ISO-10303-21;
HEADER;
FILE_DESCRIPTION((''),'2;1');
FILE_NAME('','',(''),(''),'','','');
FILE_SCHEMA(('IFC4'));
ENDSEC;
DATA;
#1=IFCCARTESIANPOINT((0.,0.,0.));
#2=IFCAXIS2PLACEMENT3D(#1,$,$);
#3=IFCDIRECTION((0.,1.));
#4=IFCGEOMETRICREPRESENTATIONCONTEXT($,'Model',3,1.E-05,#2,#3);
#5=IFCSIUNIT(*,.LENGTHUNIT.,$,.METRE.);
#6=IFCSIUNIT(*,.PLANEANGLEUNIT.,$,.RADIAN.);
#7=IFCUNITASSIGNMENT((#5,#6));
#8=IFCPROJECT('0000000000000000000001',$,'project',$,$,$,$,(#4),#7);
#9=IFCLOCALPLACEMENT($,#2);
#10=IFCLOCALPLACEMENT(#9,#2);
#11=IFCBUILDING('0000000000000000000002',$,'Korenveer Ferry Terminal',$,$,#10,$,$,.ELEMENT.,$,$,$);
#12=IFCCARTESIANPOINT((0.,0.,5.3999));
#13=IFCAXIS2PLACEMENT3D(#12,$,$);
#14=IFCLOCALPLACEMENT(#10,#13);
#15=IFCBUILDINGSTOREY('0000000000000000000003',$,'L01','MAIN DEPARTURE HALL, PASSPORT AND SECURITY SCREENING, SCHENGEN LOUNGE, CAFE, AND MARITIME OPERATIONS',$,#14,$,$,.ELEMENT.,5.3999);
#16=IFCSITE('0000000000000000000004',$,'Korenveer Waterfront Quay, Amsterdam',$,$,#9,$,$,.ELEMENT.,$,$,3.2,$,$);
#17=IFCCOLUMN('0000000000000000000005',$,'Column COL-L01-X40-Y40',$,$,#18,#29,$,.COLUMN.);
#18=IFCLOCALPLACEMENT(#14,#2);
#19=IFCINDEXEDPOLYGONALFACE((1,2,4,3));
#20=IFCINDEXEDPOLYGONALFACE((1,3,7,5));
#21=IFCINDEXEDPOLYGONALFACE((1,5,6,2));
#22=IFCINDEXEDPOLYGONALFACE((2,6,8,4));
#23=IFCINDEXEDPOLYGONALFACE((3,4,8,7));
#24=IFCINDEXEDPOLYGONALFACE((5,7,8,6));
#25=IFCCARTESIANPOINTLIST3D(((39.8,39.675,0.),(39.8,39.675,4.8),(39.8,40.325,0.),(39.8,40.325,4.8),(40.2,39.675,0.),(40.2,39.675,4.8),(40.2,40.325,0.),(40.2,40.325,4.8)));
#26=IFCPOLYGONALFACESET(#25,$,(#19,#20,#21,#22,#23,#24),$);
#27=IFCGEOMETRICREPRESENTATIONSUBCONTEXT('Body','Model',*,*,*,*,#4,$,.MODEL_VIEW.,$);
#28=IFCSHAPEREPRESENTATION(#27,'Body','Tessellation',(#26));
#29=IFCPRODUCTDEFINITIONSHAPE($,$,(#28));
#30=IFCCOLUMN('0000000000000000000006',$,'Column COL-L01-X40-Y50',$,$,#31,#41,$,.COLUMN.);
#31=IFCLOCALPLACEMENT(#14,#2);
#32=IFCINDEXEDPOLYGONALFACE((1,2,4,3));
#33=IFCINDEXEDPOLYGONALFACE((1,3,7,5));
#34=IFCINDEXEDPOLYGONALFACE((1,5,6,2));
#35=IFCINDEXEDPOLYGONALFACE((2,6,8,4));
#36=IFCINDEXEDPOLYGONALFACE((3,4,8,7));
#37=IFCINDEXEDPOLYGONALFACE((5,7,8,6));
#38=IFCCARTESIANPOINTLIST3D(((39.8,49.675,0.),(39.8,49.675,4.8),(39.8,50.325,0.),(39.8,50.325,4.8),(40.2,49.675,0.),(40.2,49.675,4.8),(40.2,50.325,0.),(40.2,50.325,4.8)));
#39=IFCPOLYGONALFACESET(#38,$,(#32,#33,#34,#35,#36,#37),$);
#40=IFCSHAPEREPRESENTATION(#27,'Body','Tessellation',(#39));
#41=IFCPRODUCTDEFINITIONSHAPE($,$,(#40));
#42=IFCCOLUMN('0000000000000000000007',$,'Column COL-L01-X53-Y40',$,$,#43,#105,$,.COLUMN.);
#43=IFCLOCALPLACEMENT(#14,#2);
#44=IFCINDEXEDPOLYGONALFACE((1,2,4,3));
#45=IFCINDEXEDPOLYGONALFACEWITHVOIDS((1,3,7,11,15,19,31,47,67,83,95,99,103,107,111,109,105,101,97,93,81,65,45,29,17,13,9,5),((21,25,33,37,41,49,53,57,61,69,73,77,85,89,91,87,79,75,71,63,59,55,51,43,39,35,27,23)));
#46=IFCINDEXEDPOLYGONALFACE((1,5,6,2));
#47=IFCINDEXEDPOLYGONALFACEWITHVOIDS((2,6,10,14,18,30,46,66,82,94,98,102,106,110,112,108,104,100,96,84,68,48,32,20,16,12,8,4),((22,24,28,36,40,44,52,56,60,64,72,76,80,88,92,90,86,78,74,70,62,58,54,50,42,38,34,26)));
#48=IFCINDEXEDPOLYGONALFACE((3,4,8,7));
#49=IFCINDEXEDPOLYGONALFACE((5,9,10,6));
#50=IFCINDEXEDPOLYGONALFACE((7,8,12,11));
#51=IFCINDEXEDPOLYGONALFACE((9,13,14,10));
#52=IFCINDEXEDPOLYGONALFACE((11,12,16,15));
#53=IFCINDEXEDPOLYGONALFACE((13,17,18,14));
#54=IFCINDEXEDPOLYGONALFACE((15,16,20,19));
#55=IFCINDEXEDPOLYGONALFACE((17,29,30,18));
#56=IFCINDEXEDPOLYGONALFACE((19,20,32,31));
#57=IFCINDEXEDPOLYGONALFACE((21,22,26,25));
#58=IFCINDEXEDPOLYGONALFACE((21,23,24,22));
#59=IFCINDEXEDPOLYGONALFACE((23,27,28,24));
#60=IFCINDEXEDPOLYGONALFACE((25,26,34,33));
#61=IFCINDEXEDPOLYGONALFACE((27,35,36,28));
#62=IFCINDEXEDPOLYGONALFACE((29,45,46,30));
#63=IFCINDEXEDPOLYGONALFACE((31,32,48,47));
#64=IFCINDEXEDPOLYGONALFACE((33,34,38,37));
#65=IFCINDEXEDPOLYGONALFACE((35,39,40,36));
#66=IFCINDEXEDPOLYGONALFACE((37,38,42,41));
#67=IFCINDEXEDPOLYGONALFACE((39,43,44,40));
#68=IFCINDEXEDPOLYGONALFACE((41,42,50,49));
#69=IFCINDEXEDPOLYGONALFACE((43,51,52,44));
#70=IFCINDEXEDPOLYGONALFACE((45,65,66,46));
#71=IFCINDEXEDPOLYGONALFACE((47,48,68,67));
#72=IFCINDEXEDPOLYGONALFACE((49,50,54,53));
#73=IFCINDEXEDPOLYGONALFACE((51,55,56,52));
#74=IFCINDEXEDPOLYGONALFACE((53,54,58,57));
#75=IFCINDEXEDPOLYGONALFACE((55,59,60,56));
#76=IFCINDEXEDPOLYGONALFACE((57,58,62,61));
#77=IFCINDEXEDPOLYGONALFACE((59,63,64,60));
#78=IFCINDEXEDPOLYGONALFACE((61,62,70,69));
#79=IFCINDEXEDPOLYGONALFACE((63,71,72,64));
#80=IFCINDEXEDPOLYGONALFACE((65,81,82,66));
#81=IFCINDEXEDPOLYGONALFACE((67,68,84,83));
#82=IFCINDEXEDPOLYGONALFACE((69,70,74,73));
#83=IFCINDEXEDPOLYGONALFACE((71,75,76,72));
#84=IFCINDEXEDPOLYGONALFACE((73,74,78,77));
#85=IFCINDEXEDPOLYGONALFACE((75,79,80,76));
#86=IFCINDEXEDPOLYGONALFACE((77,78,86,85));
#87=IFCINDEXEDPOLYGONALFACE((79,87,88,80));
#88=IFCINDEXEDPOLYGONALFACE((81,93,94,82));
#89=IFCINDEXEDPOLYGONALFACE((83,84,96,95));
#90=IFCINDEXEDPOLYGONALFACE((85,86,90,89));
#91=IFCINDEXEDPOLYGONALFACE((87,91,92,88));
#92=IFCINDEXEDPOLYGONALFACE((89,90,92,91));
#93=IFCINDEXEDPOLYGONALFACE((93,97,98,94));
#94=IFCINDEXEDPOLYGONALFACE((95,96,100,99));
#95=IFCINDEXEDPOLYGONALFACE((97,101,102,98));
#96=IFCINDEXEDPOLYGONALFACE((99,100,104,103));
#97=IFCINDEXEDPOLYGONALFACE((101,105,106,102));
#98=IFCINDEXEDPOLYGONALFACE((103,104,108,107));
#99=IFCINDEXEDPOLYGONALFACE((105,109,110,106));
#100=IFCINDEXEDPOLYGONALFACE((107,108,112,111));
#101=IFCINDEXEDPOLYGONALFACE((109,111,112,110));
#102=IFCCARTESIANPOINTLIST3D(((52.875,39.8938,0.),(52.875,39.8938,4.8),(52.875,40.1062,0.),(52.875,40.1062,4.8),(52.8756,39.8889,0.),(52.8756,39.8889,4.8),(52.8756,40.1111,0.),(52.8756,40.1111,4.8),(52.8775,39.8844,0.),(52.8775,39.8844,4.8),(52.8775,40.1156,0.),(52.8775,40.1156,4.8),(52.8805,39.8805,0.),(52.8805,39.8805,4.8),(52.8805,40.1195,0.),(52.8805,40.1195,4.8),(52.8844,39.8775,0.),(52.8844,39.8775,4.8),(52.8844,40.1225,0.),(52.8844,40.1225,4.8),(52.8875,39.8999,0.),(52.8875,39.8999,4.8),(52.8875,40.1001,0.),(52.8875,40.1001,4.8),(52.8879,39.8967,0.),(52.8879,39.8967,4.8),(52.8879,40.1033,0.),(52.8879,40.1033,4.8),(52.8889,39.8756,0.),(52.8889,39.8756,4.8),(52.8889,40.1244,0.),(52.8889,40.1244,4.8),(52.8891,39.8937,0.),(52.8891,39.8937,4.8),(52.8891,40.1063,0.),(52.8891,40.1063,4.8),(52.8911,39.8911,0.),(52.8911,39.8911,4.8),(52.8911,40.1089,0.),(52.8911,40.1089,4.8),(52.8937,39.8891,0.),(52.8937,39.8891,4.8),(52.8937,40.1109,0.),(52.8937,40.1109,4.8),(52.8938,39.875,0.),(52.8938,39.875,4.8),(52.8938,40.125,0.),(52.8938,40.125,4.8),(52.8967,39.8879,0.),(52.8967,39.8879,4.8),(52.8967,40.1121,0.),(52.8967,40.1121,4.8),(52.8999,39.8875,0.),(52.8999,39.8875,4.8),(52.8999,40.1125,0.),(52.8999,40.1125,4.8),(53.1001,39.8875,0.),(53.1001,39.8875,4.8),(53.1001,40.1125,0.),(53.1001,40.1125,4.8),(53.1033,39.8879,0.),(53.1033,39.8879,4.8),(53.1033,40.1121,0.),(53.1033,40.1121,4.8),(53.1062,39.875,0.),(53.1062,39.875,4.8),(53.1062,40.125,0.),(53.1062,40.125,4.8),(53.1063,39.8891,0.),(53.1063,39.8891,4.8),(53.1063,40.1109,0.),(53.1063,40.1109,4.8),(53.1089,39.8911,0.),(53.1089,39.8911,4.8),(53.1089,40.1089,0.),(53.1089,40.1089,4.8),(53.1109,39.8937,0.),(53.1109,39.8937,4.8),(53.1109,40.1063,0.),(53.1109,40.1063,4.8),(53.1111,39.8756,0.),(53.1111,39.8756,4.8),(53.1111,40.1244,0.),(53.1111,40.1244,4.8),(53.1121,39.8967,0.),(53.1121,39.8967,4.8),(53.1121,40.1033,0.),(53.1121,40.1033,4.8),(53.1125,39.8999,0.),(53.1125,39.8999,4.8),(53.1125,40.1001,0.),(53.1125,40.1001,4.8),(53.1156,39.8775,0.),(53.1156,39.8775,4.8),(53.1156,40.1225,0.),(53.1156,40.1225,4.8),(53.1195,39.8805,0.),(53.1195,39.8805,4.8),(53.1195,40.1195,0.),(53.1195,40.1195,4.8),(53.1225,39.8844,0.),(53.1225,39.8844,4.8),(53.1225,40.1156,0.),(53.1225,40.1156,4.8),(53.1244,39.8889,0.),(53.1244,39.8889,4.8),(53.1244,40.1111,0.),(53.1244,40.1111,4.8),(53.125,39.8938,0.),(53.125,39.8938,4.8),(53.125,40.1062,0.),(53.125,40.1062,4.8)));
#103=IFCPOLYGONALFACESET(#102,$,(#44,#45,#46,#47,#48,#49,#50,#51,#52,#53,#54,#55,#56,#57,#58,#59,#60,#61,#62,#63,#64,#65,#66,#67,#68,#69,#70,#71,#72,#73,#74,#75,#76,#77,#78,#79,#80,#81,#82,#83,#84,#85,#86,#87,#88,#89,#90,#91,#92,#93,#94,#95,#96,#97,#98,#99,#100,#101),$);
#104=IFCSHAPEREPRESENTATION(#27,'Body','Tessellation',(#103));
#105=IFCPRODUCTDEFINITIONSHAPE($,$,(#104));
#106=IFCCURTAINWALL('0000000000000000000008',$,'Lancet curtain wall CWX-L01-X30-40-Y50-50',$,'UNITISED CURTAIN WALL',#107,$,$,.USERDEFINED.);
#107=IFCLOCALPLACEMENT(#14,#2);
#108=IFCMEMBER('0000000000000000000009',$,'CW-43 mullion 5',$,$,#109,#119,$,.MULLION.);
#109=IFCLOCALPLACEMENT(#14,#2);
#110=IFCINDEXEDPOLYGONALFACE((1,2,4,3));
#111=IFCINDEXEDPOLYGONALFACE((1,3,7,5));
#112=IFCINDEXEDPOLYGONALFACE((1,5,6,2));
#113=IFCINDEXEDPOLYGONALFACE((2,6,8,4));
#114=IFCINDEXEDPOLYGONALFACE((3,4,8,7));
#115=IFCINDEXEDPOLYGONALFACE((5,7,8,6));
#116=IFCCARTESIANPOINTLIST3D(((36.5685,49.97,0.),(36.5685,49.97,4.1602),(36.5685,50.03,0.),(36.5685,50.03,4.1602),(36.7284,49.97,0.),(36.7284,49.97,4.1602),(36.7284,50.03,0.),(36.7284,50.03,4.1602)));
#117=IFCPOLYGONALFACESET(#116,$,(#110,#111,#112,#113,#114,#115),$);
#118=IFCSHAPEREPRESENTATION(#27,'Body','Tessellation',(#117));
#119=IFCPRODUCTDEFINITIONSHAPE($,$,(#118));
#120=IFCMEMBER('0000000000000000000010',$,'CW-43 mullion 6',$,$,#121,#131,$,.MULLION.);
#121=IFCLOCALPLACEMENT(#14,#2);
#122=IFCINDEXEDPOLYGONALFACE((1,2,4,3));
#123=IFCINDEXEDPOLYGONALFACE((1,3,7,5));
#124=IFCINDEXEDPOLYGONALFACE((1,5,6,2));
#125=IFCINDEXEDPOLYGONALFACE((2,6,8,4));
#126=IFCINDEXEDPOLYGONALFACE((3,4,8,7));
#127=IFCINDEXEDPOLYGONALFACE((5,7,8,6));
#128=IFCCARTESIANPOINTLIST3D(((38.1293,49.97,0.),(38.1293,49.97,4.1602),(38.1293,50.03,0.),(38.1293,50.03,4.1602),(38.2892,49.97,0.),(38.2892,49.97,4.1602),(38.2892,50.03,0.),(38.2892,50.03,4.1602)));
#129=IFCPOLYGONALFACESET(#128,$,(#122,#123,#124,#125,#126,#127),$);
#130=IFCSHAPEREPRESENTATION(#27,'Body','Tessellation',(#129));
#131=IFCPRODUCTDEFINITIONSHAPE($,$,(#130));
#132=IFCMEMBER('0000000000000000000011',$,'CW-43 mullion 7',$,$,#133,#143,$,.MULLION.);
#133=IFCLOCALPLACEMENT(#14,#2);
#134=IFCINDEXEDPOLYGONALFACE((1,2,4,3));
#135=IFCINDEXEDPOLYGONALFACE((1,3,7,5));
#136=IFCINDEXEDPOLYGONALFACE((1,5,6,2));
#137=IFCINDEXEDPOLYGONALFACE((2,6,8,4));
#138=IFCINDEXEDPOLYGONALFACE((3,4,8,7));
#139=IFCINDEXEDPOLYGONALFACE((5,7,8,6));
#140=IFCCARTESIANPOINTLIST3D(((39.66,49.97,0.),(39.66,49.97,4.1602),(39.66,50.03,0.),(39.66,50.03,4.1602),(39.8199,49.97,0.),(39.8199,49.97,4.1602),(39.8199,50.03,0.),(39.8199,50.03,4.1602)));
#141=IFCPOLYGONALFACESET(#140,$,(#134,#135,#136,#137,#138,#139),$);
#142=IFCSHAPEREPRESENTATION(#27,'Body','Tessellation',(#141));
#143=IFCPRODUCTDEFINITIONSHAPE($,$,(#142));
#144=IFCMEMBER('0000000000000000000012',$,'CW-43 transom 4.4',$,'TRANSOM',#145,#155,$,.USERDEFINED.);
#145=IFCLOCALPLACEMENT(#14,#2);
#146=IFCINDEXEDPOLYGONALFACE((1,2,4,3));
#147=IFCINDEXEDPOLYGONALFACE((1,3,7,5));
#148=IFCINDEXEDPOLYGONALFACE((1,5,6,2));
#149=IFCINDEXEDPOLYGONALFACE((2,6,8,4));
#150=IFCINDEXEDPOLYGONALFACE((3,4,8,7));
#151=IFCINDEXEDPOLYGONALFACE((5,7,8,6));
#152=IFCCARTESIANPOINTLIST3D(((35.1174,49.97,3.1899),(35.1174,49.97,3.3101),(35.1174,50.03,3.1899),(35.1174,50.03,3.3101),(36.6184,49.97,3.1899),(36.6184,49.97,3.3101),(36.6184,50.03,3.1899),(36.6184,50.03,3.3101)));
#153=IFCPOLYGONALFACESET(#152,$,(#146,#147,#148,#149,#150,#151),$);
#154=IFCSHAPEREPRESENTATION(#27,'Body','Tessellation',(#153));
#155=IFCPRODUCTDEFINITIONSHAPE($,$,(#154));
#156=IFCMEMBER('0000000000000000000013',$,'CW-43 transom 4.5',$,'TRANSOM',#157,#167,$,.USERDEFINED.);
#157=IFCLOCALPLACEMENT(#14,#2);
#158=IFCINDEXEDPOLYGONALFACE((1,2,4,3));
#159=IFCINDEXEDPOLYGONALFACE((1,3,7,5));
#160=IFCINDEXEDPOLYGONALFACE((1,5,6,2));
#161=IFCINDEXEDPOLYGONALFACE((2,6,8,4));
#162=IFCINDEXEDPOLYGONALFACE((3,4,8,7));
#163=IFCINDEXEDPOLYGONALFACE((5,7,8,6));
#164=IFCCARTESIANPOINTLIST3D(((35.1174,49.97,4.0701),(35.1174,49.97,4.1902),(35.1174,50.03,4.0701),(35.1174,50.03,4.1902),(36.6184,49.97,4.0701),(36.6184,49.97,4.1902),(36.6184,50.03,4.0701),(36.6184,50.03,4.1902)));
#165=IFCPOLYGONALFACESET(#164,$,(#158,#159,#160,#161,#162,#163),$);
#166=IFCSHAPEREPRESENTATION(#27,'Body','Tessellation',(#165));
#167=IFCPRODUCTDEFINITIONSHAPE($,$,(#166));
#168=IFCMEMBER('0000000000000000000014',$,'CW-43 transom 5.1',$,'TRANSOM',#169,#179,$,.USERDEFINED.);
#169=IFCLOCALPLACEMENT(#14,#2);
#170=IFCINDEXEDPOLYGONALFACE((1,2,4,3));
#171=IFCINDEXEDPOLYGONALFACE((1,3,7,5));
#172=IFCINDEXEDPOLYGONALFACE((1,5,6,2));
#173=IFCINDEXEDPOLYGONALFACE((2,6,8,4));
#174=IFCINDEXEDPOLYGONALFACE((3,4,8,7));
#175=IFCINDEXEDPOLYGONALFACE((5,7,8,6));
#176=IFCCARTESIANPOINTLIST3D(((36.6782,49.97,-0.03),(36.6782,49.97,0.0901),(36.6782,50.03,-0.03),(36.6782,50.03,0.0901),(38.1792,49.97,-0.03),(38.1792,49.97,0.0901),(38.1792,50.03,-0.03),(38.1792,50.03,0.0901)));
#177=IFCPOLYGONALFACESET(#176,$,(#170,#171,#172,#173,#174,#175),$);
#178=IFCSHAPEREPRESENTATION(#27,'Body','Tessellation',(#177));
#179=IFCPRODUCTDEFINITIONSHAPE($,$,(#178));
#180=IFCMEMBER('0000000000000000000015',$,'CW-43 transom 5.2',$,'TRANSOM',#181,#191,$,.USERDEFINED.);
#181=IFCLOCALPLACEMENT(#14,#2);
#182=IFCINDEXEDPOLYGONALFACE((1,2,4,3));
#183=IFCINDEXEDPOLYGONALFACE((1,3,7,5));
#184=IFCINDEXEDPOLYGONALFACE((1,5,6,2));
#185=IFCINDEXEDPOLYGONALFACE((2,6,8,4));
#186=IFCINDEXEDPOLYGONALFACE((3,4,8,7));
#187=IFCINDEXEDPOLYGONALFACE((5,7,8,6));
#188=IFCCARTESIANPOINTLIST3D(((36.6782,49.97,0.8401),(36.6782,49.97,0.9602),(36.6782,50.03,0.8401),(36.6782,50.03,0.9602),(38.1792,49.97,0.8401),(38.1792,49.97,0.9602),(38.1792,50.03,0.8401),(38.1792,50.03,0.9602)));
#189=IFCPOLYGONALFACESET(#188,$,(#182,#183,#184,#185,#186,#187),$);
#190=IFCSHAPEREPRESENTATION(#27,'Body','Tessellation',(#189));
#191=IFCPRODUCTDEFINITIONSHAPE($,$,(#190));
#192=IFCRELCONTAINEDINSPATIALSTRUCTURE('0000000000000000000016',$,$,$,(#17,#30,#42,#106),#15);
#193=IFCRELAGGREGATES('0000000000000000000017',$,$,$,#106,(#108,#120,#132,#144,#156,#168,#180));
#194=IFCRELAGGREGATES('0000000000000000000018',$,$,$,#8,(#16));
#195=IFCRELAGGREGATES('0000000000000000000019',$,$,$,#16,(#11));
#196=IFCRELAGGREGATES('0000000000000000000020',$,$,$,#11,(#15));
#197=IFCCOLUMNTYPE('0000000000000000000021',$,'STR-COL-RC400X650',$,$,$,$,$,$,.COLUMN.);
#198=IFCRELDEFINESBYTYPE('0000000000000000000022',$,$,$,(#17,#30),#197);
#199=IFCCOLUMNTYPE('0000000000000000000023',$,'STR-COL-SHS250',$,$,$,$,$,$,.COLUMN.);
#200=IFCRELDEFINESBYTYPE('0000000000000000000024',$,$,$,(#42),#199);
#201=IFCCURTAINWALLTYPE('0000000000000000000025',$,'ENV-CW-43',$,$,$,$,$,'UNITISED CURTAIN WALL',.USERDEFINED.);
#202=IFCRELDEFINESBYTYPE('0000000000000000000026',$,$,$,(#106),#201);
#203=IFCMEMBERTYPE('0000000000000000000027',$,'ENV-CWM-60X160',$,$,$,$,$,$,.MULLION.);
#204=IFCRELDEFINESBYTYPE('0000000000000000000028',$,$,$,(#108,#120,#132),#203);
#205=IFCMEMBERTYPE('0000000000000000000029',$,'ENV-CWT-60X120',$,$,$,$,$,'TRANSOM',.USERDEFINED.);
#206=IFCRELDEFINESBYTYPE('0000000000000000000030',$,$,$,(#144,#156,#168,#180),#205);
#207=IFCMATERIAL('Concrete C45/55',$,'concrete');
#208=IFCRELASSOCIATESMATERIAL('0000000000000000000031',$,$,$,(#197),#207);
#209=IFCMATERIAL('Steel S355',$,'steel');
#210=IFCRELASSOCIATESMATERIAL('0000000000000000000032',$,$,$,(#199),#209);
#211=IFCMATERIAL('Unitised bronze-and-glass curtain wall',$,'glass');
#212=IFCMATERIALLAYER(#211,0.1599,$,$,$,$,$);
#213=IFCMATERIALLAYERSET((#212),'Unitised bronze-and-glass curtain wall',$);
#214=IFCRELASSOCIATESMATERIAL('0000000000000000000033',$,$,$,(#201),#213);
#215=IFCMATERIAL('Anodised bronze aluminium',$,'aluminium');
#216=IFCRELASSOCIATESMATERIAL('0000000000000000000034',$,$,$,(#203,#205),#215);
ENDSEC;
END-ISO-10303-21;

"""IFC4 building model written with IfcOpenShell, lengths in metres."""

from ifc_helpers import new_model, si_unit, direction, frame, origin, origin_2d, place, context, subcontext, project, spatial, rectangle, hollow_rectangle, extrude, material, layer, layer_set, material_profile, profile_set, type_object, element, aggregate, save


model = new_model("IFC4")

# Units and contexts
model_context = context("Model", 3, precision=1e-05, world=origin(), true_north=direction((0.0, 1.0)))
body_context = subcontext(model_context, "Body", "Model", "MODEL_VIEW")
ifc_project = project(units=[si_unit("LENGTHUNIT", "METRE"), si_unit("PLANEANGLEUNIT", "RADIAN")], contexts=[model_context])

# Site, building, storey
site_placement = place(None, origin())
site = spatial("IfcSite", under=ifc_project, at=site_placement, Name="Korenveer Waterfront Quay, Amsterdam", CompositionType="ELEMENT", RefElevation=3.2)
building_placement = place(site_placement, origin())
building = spatial("IfcBuilding", under=site, at=building_placement, Name="Korenveer Ferry Terminal", CompositionType="ELEMENT")
storey_placement = place(building_placement, frame((0.0, 0.0, 5.3999)))
storey = spatial("IfcBuildingStorey", under=building, at=storey_placement, Name="L01", Description="MAIN DEPARTURE HALL, PASSPORT AND SECURITY SCREENING, SCHENGEN LOUNGE, CAFE, AND MARITIME OPERATIONS", CompositionType="ELEMENT", Elevation=5.3999)

# Columns
ifc_material_1 = material(Name="Concrete C45/55", Category="concrete")
ifc_material_profile_1 = material_profile(ifc_material_1, rectangle(XDim=0.3999, YDim=0.6499, at=origin_2d()), Name="RC 400x650")
ifc_profile_set_1 = profile_set([ifc_material_profile_1], Name="Concrete C45/55")
column_type_1 = type_object("IfcColumnType", Name="STR-COL-RC400X650", PredefinedType="COLUMN", material=ifc_profile_set_1)
for number, where, z_axis, x_axis, name in (
    (1, (40.0, 40.0, 0.0), (0.0, 0.0, 1.0), (1.0, 0.0, 0.0), "Column COL-L01-X40-Y40"),
    (2, (40.0, 50.0, 0.0), (0.0, 0.0, 1.0), (1.0, 0.0, 0.0), "Column COL-L01-X40-Y50"),
):
    element("IfcColumn", number, at=place(storey_placement, frame(where, z_axis=z_axis, x_axis=x_axis)), inside=storey, type_object=column_type_1, Name=name, PredefinedType="COLUMN", context=body_context, shape_type="SweptSolid", body=[
        extrude(rectangle(XDim=0.3999, YDim=0.6499, at=origin_2d()), origin(), (0.0, 0.0, 1.0), 4.8),
    ])
ifc_material_2 = material(Name="Steel S355", Category="steel")
ifc_material_profile_2 = material_profile(ifc_material_2, hollow_rectangle(XDim=0.25, YDim=0.25, WallThickness=0.0125, InnerFilletRadius=0.0125, OuterFilletRadius=0.0188, at=origin_2d()), Name="SHS 250x250x12.5")
ifc_profile_set_2 = profile_set([ifc_material_profile_2], Name="Steel S355")
column_type_2 = type_object("IfcColumnType", Name="STR-COL-SHS250", PredefinedType="COLUMN", material=ifc_profile_set_2)
column_placement = place(storey_placement, frame((53.0, 40.0, 0.0), z_axis=(0.0, 0.0, 1.0), x_axis=(1.0, 0.0, 0.0)))
element("IfcColumn", 3, at=column_placement, inside=storey, type_object=column_type_2, Name="Column COL-L01-X53-Y40", PredefinedType="COLUMN", context=body_context, shape_type="SweptSolid", body=[
    extrude(hollow_rectangle(XDim=0.25, YDim=0.25, WallThickness=0.0125, InnerFilletRadius=0.0125, OuterFilletRadius=0.0188, at=origin_2d()), origin(), (0.0, 0.0, 1.0), 4.8),
])

# Curtain wall, members
ifc_material_3 = material(Name="Unitised bronze-and-glass curtain wall", Category="glass")
ifc_layer_1 = layer(ifc_material_3, 0.1599)
ifc_layer_set_1 = layer_set([ifc_layer_1], Name="Unitised bronze-and-glass curtain wall")
curtain_wall_type = type_object("IfcCurtainWallType", Name="ENV-CW-43", ElementType="UNITISED CURTAIN WALL", PredefinedType="USERDEFINED", material=ifc_layer_set_1)
curtain_wall_placement = place(storey_placement, frame((30.405, 50.0, 0.0)))
curtain_wall = element("IfcCurtainWall", 4, at=curtain_wall_placement, inside=storey, type_object=curtain_wall_type, Name="Lancet curtain wall CWX-L01-X30-40-Y50-50", ObjectType="UNITISED CURTAIN WALL", PredefinedType="USERDEFINED")
ifc_material_4 = material(Name="Anodised bronze aluminium", Category="aluminium")
ifc_material_profile_3 = material_profile(ifc_material_4, rectangle(XDim=0.0601, YDim=0.1599, at=origin_2d()), Name="ALU 60x160")
ifc_profile_set_3 = profile_set([ifc_material_profile_3], Name="Anodised bronze aluminium")
member_type_1 = type_object("IfcMemberType", Name="ENV-CWM-60X160", PredefinedType="MULLION", material=ifc_profile_set_3)
member_1_placement = place(storey_placement, frame((36.6484, 50.0, 0.0), z_axis=(0.0, 0.0, 1.0), x_axis=(0.0, 1.0, 0.0)))
member_1 = element("IfcMember", 5, at=member_1_placement, type_object=member_type_1, Name="CW-43 mullion 5", PredefinedType="MULLION", context=body_context, shape_type="SweptSolid", body=[
    extrude(rectangle(XDim=0.0601, YDim=0.1599, at=origin_2d()), origin(), (0.0, 0.0, 1.0), 4.1602),
])
member_2_placement = place(storey_placement, frame((38.2092, 50.0, 0.0), z_axis=(0.0, 0.0, 1.0), x_axis=(0.0, 1.0, 0.0)))
member_2 = element("IfcMember", 6, at=member_2_placement, type_object=member_type_1, Name="CW-43 mullion 6", PredefinedType="MULLION", context=body_context, shape_type="SweptSolid", body=[
    extrude(rectangle(XDim=0.0601, YDim=0.1599, at=origin_2d()), origin(), (0.0, 0.0, 1.0), 4.1602),
])
member_3_placement = place(storey_placement, frame((39.74, 50.0, 0.0), z_axis=(0.0, 0.0, 1.0), x_axis=(0.0, 1.0, 0.0)))
member_3 = element("IfcMember", 7, at=member_3_placement, type_object=member_type_1, Name="CW-43 mullion 7", PredefinedType="MULLION", context=body_context, shape_type="SweptSolid", body=[
    extrude(rectangle(XDim=0.0601, YDim=0.1599, at=origin_2d()), origin(), (0.0, 0.0, 1.0), 4.1602),
])
ifc_material_profile_4 = material_profile(ifc_material_4, rectangle(XDim=0.0601, YDim=0.1201, at=origin_2d()), Name="ALU 60x120")
ifc_profile_set_4 = profile_set([ifc_material_profile_4], Name="Anodised bronze aluminium")
member_type_2 = type_object("IfcMemberType", Name="ENV-CWT-60X120", ElementType="TRANSOM", PredefinedType="USERDEFINED", material=ifc_profile_set_4)
member_4_placement = place(storey_placement, frame((35.1174, 50.0, 3.25), z_axis=(1.0, 0.0, 0.0), x_axis=(0.0, 1.0, 0.0)))
member_4 = element("IfcMember", 8, at=member_4_placement, type_object=member_type_2, Name="CW-43 transom 4.4", ObjectType="TRANSOM", PredefinedType="USERDEFINED", context=body_context, shape_type="SweptSolid", body=[
    extrude(rectangle(XDim=0.0601, YDim=0.1201, at=origin_2d()), origin(), (0.0, 0.0, 1.0), 1.501),
])
member_5_placement = place(storey_placement, frame((35.1174, 50.0, 4.1301), z_axis=(1.0, 0.0, 0.0), x_axis=(0.0, 1.0, 0.0)))
member_5 = element("IfcMember", 9, at=member_5_placement, type_object=member_type_2, Name="CW-43 transom 4.5", ObjectType="TRANSOM", PredefinedType="USERDEFINED", context=body_context, shape_type="SweptSolid", body=[
    extrude(rectangle(XDim=0.0601, YDim=0.1201, at=origin_2d()), origin(), (0.0, 0.0, 1.0), 1.501),
])
member_6_placement = place(storey_placement, frame((36.6782, 50.0, 0.03), z_axis=(1.0, 0.0, 0.0), x_axis=(0.0, 1.0, 0.0)))
member_6 = element("IfcMember", 10, at=member_6_placement, type_object=member_type_2, Name="CW-43 transom 5.1", ObjectType="TRANSOM", PredefinedType="USERDEFINED", context=body_context, shape_type="SweptSolid", body=[
    extrude(rectangle(XDim=0.0601, YDim=0.1201, at=origin_2d()), origin(), (0.0, 0.0, 1.0), 1.501),
])
member_7_placement = place(storey_placement, frame((36.6782, 50.0, 0.9001), z_axis=(1.0, 0.0, 0.0), x_axis=(0.0, 1.0, 0.0)))
member_7 = element("IfcMember", 11, at=member_7_placement, type_object=member_type_2, Name="CW-43 transom 5.2", ObjectType="TRANSOM", PredefinedType="USERDEFINED", context=body_context, shape_type="SweptSolid", body=[
    extrude(rectangle(XDim=0.0601, YDim=0.1201, at=origin_2d()), origin(), (0.0, 0.0, 1.0), 1.501),
])

aggregate(curtain_wall, [member_1, member_2, member_3, member_4, member_5, member_6, member_7])

save(model, "model.ifc")
